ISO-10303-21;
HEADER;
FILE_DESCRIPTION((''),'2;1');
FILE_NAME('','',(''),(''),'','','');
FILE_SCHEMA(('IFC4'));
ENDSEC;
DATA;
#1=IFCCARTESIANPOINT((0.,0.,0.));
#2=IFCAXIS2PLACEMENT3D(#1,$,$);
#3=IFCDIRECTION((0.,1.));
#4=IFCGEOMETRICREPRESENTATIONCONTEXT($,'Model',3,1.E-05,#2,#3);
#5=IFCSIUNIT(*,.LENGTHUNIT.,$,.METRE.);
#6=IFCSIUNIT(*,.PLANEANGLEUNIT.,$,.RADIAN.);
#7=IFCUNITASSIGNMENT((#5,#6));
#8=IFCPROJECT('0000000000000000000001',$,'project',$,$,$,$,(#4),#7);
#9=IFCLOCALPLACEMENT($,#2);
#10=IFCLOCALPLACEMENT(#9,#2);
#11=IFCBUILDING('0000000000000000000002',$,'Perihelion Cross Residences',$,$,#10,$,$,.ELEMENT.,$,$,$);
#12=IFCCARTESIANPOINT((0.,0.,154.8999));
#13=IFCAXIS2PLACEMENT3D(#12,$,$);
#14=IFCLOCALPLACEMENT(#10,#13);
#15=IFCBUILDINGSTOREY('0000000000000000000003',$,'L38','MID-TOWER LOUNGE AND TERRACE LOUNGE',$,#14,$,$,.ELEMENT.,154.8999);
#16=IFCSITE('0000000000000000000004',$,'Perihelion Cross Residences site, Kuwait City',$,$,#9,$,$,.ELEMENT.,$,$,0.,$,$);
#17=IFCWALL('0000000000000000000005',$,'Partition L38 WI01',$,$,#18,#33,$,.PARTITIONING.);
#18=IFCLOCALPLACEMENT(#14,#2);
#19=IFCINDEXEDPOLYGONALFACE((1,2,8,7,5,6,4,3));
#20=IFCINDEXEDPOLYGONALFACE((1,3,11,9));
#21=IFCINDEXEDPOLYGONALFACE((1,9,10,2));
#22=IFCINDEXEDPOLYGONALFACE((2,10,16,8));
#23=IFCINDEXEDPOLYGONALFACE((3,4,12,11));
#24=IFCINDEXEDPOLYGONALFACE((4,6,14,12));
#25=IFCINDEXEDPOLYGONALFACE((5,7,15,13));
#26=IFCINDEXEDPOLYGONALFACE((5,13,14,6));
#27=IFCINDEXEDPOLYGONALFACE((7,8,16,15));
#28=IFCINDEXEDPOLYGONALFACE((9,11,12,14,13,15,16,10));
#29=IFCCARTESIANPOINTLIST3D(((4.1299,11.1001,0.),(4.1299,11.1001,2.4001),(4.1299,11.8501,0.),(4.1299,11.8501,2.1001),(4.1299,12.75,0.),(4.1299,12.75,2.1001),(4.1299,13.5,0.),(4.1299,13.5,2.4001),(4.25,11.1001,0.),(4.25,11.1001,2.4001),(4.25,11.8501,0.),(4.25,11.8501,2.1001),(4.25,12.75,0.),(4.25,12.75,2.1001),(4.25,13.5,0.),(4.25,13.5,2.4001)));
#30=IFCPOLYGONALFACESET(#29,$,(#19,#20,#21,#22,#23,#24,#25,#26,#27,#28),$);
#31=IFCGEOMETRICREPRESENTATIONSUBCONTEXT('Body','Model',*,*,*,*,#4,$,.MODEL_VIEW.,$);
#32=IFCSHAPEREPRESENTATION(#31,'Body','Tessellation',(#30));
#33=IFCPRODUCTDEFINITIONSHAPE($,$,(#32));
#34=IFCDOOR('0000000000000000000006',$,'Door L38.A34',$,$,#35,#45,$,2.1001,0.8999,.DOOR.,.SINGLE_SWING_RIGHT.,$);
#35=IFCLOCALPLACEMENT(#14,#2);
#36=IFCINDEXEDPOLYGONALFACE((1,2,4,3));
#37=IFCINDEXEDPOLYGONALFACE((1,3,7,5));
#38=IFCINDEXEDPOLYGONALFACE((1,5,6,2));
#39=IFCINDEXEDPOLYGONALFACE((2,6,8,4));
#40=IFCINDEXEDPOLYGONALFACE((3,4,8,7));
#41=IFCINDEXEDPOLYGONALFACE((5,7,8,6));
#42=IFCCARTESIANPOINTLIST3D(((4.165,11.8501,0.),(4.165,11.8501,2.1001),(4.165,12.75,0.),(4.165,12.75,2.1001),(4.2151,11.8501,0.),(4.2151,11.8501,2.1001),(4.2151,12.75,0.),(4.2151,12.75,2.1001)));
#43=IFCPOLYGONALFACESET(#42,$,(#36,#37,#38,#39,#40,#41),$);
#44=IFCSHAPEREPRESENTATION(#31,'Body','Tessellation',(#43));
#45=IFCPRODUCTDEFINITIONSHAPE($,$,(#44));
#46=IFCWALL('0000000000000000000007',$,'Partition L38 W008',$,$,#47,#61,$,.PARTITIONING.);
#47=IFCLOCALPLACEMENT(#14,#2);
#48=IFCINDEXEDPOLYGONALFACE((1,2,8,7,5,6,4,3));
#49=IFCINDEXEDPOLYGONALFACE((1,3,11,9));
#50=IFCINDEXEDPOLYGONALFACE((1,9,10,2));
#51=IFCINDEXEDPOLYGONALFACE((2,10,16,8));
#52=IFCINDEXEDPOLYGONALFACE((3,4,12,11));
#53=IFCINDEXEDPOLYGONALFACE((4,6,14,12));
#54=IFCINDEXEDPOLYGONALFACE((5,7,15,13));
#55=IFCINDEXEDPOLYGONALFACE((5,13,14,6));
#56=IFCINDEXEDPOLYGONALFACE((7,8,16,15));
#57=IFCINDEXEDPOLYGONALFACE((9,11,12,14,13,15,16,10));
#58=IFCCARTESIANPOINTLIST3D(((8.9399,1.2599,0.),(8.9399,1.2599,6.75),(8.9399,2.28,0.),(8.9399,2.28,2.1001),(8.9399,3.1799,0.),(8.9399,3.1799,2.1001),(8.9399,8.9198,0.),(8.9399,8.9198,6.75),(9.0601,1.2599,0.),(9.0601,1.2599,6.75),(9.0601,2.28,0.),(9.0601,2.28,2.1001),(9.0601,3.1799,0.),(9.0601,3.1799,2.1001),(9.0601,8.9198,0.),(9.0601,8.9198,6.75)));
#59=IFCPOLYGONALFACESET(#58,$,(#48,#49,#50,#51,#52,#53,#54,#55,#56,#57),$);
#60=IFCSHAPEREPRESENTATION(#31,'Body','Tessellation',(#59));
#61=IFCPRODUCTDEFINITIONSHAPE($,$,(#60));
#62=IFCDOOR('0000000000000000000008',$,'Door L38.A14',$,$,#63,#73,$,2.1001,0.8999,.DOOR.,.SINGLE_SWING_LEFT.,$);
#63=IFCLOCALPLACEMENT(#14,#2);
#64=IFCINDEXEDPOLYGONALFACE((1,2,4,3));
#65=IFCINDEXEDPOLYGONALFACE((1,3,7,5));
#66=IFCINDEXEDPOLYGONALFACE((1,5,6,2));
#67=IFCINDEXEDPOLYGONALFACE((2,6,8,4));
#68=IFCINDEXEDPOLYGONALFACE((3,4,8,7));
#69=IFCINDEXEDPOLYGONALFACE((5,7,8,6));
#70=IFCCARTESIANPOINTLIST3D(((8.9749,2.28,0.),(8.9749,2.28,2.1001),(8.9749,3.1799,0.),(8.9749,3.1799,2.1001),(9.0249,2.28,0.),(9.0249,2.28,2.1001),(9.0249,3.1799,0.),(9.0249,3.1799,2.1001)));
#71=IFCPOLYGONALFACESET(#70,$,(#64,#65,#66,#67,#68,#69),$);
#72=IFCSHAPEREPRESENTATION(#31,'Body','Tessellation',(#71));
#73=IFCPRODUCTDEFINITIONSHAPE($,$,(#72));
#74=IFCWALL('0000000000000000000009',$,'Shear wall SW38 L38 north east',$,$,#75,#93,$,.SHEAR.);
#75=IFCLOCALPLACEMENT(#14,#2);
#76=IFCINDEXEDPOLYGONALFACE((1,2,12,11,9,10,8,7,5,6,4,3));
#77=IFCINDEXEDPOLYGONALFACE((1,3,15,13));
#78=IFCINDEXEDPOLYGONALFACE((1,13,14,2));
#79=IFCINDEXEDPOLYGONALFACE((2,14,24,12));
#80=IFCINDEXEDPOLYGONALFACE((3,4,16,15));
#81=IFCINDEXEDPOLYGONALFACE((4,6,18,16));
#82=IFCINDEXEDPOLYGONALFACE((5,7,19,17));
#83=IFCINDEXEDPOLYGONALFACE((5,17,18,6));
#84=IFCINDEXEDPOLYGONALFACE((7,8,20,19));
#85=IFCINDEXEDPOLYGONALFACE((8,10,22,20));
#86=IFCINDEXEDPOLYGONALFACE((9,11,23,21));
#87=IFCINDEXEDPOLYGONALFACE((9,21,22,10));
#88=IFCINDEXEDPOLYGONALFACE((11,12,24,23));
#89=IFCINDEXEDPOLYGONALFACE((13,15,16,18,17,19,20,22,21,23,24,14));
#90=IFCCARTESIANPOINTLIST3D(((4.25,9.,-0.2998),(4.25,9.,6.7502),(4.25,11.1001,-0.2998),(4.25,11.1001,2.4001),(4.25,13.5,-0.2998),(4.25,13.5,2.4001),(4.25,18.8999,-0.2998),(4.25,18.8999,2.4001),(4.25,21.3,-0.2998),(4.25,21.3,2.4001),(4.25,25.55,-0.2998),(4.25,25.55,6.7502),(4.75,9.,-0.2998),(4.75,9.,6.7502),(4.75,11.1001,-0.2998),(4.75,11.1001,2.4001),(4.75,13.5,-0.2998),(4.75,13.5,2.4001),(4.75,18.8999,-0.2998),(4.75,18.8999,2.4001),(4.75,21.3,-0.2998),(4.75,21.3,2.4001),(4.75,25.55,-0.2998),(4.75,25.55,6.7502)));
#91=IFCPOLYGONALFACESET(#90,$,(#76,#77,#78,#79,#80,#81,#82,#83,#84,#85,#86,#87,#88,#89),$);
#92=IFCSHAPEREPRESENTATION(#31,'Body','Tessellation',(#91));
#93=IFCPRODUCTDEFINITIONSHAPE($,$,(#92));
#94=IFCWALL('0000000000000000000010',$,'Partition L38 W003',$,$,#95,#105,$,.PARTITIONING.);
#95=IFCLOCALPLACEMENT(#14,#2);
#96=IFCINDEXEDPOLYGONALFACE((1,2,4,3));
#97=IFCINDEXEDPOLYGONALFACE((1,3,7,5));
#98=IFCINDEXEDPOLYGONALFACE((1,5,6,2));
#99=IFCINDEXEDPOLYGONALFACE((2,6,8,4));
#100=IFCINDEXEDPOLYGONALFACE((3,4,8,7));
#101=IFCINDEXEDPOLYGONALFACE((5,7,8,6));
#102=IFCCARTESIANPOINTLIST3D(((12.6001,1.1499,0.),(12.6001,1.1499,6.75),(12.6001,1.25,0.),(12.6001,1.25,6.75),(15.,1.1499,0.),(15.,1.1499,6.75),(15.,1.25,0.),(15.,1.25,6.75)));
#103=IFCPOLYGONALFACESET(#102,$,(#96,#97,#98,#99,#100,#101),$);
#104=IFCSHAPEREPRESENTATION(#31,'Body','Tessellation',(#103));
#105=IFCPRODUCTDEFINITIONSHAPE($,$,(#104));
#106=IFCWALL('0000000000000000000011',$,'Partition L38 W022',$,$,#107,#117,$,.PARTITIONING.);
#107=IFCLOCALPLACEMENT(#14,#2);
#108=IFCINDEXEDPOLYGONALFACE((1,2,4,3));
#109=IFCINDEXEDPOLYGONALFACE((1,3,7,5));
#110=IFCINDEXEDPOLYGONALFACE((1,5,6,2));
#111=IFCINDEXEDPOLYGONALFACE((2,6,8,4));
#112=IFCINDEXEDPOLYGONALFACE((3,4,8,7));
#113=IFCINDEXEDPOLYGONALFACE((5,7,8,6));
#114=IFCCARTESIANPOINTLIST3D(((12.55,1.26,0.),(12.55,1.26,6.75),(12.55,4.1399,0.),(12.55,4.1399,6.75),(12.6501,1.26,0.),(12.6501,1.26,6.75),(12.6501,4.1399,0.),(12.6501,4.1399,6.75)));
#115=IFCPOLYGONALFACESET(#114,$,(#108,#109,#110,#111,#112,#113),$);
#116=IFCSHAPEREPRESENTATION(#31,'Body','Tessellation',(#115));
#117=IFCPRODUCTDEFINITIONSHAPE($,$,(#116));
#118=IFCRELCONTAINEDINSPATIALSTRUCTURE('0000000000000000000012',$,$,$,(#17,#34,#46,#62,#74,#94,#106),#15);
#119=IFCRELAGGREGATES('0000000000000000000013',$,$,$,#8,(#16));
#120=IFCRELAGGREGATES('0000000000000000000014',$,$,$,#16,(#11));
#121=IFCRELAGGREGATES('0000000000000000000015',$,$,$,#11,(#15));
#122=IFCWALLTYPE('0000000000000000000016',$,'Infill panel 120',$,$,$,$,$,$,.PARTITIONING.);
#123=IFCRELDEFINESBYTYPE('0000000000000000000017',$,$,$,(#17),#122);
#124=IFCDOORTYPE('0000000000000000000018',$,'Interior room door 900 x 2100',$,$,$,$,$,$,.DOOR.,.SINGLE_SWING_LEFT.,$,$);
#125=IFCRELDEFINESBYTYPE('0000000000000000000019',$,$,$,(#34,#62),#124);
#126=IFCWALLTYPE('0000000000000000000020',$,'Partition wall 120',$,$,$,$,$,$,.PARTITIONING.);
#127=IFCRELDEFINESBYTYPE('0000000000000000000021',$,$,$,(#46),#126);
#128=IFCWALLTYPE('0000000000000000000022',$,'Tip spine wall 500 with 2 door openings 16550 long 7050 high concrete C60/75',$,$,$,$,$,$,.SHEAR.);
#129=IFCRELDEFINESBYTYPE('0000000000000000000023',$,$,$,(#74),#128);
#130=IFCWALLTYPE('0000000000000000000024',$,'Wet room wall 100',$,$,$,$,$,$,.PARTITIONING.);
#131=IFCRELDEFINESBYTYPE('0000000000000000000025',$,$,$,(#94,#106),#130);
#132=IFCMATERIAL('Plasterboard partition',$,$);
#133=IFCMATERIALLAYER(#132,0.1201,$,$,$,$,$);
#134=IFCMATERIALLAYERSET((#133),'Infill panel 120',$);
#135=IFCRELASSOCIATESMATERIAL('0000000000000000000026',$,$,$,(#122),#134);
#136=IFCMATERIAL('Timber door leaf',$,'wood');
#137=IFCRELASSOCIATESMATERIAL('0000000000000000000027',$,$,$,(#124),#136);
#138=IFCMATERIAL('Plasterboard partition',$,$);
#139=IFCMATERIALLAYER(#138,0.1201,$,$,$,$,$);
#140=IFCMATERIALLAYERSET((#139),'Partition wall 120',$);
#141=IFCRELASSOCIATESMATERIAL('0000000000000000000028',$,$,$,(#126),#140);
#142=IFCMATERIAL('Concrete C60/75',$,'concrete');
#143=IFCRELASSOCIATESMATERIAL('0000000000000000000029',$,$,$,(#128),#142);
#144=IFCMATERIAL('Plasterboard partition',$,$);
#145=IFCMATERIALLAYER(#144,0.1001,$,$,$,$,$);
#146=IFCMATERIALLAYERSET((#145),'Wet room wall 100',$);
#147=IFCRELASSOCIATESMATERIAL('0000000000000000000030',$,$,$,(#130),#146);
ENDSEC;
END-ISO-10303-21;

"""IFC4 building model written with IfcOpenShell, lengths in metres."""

from ifc_helpers import new_model, si_unit, direction, frame, frame_2d, origin, place, context, subcontext, project, spatial, polyline, rectangle, outline, extrude, material, layer, layer_set, material_profile, profile_set, type_object, element, fill, save


model = new_model("IFC4")

# Units and contexts
model_context = context("Model", 3, precision=1e-05, world=origin(), true_north=direction((0.0, 1.0)))
body_context = subcontext(model_context, "Body", "Model", "MODEL_VIEW")
ifc_project = project(units=[si_unit("LENGTHUNIT", "METRE"), si_unit("PLANEANGLEUNIT", "RADIAN")], contexts=[model_context])

# Site, building, storey
site_placement = place(None, origin())
site = spatial("IfcSite", under=ifc_project, at=site_placement, Name="Perihelion Cross Residences site, Kuwait City", CompositionType="ELEMENT", RefElevation=0.0)
building_placement = place(site_placement, origin())
building = spatial("IfcBuilding", under=site, at=building_placement, Name="Perihelion Cross Residences", CompositionType="ELEMENT")
storey_placement = place(building_placement, frame((0.0, 0.0, 154.8999)))
storey = spatial("IfcBuildingStorey", under=building, at=storey_placement, Name="L38", Description="MID-TOWER LOUNGE AND TERRACE LOUNGE", CompositionType="ELEMENT", Elevation=154.8999)

# Walls, openings, doors
ifc_material_1 = material(Name="Plasterboard partition")
ifc_layer_1 = layer(ifc_material_1, 0.1201)
ifc_layer_set_1 = layer_set([ifc_layer_1], Name="Infill panel 120")
wall_type_1 = type_object("IfcWallType", Name="Infill panel 120", PredefinedType="PARTITIONING", material=ifc_layer_set_1)
wall_1_placement = place(storey_placement, frame((4.1899, 11.1001, 0.0), z_axis=(0.0, 0.0, 1.0), x_axis=(0.0, 1.0, 0.0)))
wall_1 = element("IfcWall", 1, at=wall_1_placement, inside=storey, type_object=wall_type_1, Name="Partition L38 WI01", PredefinedType="PARTITIONING", context=body_context, shape_type="SweptSolid", body=[
    extrude(rectangle(XDim=2.3999, YDim=0.1201, at=frame_2d((1.2, 0.0))), origin(), (0.0, 0.0, 1.0), 2.4001),
])
opening_1_placement = place(wall_1_placement, frame((0.75, 0.0, 0.0)))
opening_1 = element("IfcOpeningElement", 2, at=opening_1_placement, cuts=wall_1, PredefinedType="OPENING", context=body_context, shape_type="SweptSolid", body=[
    extrude(rectangle(XDim=0.8999, YDim=2.1001, at=frame_2d((0.45, 1.05))), frame((0.0, 0.0701, 0.0), z_axis=(0.0, -1.0, 0.0), x_axis=(1.0, 0.0, 0.0)), (0.0, 0.0, 1.0), 0.1401),
])
ifc_material_2 = material(Name="Timber door leaf", Category="wood")
door_type_1 = type_object("IfcDoorType", Name="Interior room door 900 x 2100", OperationType="SINGLE_SWING_LEFT", PredefinedType="DOOR", material=ifc_material_2)
door_1_placement = place(opening_1_placement, origin())
door_1 = element("IfcDoor", 3, at=door_1_placement, inside=storey, type_object=door_type_1, Name="Door L38.A34", OperationType="SINGLE_SWING_RIGHT", OverallHeight=2.1001, OverallWidth=0.8999, PredefinedType="DOOR", context=body_context, shape_type="SweptSolid", body=[
    extrude(rectangle(XDim=0.8999, YDim=2.1001, at=frame_2d((0.45, 1.05))), frame((0.0, 0.0249, 0.0), z_axis=(0.0, -1.0, 0.0), x_axis=(1.0, 0.0, 0.0)), (0.0, 0.0, 1.0), 0.05),
])
fill(opening_1, door_1)
ifc_material_3 = material(Name="Plasterboard partition")
ifc_layer_2 = layer(ifc_material_3, 0.1201)
ifc_layer_set_2 = layer_set([ifc_layer_2], Name="Partition wall 120")
wall_type_2 = type_object("IfcWallType", Name="Partition wall 120", PredefinedType="PARTITIONING", material=ifc_layer_set_2)
wall_2_placement = place(storey_placement, frame((9.0, 8.9199, 0.0), z_axis=(0.0, 0.0, 1.0), x_axis=(0.0, -1.0, 0.0)))
wall_2 = element("IfcWall", 4, at=wall_2_placement, inside=storey, type_object=wall_type_2, Name="Partition L38 W008", PredefinedType="PARTITIONING", context=body_context, shape_type="SweptSolid", body=[
    extrude(rectangle(XDim=7.6599, YDim=0.1201, at=frame_2d((3.8301, 0.0))), origin(), (0.0, 0.0, 1.0), 6.75),
])
opening_2_placement = place(wall_2_placement, frame((5.74, 0.0, 0.0)))
opening_2 = element("IfcOpeningElement", 5, at=opening_2_placement, cuts=wall_2, PredefinedType="OPENING", context=body_context, shape_type="SweptSolid", body=[
    extrude(rectangle(XDim=0.8999, YDim=2.1001, at=frame_2d((0.45, 1.05))), frame((0.0, 0.0701, 0.0), z_axis=(0.0, -1.0, 0.0), x_axis=(1.0, 0.0, 0.0)), (0.0, 0.0, 1.0), 0.1401),
])
door_2_placement = place(opening_2_placement, origin())
door_2 = element("IfcDoor", 6, at=door_2_placement, inside=storey, type_object=door_type_1, Name="Door L38.A14", OperationType="SINGLE_SWING_LEFT", OverallHeight=2.1001, OverallWidth=0.8999, PredefinedType="DOOR", context=body_context, shape_type="SweptSolid", body=[
    extrude(rectangle(XDim=0.8999, YDim=2.1001, at=frame_2d((0.45, 1.05))), frame((0.0, 0.0249, 0.0), z_axis=(0.0, -1.0, 0.0), x_axis=(1.0, 0.0, 0.0)), (0.0, 0.0, 1.0), 0.05),
])
fill(opening_2, door_2)

# Walls
ifc_material_4 = material(Name="Concrete C60/75", Category="concrete")
ifc_material_profile_1 = material_profile(ifc_material_4, outline(polyline([(0.0, 0.0), (2.1001, 0.0), (2.1001, 2.7), (4.5, 2.7), (4.5, 0.0), (9.8999, 0.0), (9.8999, 2.7), (12.3, 2.7), (12.3, 0.0), (16.55, 0.0), (16.55, 7.05), (0.0, 7.05), (0.0, 0.0)])), Name="Tip spine wall")
ifc_profile_set_1 = profile_set([ifc_material_profile_1], Name="Concrete C60/75")
wall_type_3 = type_object("IfcWallType", Name="Tip spine wall 500 with 2 door openings 16550 long 7050 high concrete C60/75", PredefinedType="SHEAR", material=ifc_profile_set_1)
wall_3_placement = place(storey_placement, frame((4.25, 9.0, -0.2998), z_axis=(1.0, 0.0, 0.0), x_axis=(0.0, 1.0, 0.0)))
element("IfcWall", 7, at=wall_3_placement, inside=storey, type_object=wall_type_3, Name="Shear wall SW38 L38 north east", PredefinedType="SHEAR", context=body_context, shape_type="SweptSolid", body=[
    extrude(outline(polyline([(0.0, 0.0), (2.1001, 0.0), (2.1001, 2.7), (4.5, 2.7), (4.5, 0.0), (9.8999, 0.0), (9.8999, 2.7), (12.3, 2.7), (12.3, 0.0), (16.55, 0.0), (16.55, 7.05), (0.0, 7.05), (0.0, 0.0)])), origin(), (0.0, 0.0, 1.0), 0.5),
])
ifc_material_5 = material(Name="Plasterboard partition")
ifc_layer_3 = layer(ifc_material_5, 0.1001)
ifc_layer_set_3 = layer_set([ifc_layer_3], Name="Wet room wall 100")
wall_type_4 = type_object("IfcWallType", Name="Wet room wall 100", PredefinedType="PARTITIONING", material=ifc_layer_set_3)
wall_4_placement = place(storey_placement, frame((12.6001, 1.2, 0.0), z_axis=(0.0, 0.0, 1.0), x_axis=(1.0, 0.0, 0.0)))
element("IfcWall", 8, at=wall_4_placement, inside=storey, type_object=wall_type_4, Name="Partition L38 W003", PredefinedType="PARTITIONING", context=body_context, shape_type="SweptSolid", body=[
    extrude(rectangle(XDim=2.3999, YDim=0.1001, at=frame_2d((1.2, 0.0))), origin(), (0.0, 0.0, 1.0), 6.75),
])
wall_5_placement = place(storey_placement, frame((12.6001, 4.1399, 0.0), z_axis=(0.0, 0.0, 1.0), x_axis=(0.0, -1.0, 0.0)))
element("IfcWall", 9, at=wall_5_placement, inside=storey, type_object=wall_type_4, Name="Partition L38 W022", PredefinedType="PARTITIONING", context=body_context, shape_type="SweptSolid", body=[
    extrude(rectangle(XDim=2.8799, YDim=0.1001, at=frame_2d((1.4399, 0.0))), origin(), (0.0, 0.0, 1.0), 6.75),
])

save(model, "model.ifc")
